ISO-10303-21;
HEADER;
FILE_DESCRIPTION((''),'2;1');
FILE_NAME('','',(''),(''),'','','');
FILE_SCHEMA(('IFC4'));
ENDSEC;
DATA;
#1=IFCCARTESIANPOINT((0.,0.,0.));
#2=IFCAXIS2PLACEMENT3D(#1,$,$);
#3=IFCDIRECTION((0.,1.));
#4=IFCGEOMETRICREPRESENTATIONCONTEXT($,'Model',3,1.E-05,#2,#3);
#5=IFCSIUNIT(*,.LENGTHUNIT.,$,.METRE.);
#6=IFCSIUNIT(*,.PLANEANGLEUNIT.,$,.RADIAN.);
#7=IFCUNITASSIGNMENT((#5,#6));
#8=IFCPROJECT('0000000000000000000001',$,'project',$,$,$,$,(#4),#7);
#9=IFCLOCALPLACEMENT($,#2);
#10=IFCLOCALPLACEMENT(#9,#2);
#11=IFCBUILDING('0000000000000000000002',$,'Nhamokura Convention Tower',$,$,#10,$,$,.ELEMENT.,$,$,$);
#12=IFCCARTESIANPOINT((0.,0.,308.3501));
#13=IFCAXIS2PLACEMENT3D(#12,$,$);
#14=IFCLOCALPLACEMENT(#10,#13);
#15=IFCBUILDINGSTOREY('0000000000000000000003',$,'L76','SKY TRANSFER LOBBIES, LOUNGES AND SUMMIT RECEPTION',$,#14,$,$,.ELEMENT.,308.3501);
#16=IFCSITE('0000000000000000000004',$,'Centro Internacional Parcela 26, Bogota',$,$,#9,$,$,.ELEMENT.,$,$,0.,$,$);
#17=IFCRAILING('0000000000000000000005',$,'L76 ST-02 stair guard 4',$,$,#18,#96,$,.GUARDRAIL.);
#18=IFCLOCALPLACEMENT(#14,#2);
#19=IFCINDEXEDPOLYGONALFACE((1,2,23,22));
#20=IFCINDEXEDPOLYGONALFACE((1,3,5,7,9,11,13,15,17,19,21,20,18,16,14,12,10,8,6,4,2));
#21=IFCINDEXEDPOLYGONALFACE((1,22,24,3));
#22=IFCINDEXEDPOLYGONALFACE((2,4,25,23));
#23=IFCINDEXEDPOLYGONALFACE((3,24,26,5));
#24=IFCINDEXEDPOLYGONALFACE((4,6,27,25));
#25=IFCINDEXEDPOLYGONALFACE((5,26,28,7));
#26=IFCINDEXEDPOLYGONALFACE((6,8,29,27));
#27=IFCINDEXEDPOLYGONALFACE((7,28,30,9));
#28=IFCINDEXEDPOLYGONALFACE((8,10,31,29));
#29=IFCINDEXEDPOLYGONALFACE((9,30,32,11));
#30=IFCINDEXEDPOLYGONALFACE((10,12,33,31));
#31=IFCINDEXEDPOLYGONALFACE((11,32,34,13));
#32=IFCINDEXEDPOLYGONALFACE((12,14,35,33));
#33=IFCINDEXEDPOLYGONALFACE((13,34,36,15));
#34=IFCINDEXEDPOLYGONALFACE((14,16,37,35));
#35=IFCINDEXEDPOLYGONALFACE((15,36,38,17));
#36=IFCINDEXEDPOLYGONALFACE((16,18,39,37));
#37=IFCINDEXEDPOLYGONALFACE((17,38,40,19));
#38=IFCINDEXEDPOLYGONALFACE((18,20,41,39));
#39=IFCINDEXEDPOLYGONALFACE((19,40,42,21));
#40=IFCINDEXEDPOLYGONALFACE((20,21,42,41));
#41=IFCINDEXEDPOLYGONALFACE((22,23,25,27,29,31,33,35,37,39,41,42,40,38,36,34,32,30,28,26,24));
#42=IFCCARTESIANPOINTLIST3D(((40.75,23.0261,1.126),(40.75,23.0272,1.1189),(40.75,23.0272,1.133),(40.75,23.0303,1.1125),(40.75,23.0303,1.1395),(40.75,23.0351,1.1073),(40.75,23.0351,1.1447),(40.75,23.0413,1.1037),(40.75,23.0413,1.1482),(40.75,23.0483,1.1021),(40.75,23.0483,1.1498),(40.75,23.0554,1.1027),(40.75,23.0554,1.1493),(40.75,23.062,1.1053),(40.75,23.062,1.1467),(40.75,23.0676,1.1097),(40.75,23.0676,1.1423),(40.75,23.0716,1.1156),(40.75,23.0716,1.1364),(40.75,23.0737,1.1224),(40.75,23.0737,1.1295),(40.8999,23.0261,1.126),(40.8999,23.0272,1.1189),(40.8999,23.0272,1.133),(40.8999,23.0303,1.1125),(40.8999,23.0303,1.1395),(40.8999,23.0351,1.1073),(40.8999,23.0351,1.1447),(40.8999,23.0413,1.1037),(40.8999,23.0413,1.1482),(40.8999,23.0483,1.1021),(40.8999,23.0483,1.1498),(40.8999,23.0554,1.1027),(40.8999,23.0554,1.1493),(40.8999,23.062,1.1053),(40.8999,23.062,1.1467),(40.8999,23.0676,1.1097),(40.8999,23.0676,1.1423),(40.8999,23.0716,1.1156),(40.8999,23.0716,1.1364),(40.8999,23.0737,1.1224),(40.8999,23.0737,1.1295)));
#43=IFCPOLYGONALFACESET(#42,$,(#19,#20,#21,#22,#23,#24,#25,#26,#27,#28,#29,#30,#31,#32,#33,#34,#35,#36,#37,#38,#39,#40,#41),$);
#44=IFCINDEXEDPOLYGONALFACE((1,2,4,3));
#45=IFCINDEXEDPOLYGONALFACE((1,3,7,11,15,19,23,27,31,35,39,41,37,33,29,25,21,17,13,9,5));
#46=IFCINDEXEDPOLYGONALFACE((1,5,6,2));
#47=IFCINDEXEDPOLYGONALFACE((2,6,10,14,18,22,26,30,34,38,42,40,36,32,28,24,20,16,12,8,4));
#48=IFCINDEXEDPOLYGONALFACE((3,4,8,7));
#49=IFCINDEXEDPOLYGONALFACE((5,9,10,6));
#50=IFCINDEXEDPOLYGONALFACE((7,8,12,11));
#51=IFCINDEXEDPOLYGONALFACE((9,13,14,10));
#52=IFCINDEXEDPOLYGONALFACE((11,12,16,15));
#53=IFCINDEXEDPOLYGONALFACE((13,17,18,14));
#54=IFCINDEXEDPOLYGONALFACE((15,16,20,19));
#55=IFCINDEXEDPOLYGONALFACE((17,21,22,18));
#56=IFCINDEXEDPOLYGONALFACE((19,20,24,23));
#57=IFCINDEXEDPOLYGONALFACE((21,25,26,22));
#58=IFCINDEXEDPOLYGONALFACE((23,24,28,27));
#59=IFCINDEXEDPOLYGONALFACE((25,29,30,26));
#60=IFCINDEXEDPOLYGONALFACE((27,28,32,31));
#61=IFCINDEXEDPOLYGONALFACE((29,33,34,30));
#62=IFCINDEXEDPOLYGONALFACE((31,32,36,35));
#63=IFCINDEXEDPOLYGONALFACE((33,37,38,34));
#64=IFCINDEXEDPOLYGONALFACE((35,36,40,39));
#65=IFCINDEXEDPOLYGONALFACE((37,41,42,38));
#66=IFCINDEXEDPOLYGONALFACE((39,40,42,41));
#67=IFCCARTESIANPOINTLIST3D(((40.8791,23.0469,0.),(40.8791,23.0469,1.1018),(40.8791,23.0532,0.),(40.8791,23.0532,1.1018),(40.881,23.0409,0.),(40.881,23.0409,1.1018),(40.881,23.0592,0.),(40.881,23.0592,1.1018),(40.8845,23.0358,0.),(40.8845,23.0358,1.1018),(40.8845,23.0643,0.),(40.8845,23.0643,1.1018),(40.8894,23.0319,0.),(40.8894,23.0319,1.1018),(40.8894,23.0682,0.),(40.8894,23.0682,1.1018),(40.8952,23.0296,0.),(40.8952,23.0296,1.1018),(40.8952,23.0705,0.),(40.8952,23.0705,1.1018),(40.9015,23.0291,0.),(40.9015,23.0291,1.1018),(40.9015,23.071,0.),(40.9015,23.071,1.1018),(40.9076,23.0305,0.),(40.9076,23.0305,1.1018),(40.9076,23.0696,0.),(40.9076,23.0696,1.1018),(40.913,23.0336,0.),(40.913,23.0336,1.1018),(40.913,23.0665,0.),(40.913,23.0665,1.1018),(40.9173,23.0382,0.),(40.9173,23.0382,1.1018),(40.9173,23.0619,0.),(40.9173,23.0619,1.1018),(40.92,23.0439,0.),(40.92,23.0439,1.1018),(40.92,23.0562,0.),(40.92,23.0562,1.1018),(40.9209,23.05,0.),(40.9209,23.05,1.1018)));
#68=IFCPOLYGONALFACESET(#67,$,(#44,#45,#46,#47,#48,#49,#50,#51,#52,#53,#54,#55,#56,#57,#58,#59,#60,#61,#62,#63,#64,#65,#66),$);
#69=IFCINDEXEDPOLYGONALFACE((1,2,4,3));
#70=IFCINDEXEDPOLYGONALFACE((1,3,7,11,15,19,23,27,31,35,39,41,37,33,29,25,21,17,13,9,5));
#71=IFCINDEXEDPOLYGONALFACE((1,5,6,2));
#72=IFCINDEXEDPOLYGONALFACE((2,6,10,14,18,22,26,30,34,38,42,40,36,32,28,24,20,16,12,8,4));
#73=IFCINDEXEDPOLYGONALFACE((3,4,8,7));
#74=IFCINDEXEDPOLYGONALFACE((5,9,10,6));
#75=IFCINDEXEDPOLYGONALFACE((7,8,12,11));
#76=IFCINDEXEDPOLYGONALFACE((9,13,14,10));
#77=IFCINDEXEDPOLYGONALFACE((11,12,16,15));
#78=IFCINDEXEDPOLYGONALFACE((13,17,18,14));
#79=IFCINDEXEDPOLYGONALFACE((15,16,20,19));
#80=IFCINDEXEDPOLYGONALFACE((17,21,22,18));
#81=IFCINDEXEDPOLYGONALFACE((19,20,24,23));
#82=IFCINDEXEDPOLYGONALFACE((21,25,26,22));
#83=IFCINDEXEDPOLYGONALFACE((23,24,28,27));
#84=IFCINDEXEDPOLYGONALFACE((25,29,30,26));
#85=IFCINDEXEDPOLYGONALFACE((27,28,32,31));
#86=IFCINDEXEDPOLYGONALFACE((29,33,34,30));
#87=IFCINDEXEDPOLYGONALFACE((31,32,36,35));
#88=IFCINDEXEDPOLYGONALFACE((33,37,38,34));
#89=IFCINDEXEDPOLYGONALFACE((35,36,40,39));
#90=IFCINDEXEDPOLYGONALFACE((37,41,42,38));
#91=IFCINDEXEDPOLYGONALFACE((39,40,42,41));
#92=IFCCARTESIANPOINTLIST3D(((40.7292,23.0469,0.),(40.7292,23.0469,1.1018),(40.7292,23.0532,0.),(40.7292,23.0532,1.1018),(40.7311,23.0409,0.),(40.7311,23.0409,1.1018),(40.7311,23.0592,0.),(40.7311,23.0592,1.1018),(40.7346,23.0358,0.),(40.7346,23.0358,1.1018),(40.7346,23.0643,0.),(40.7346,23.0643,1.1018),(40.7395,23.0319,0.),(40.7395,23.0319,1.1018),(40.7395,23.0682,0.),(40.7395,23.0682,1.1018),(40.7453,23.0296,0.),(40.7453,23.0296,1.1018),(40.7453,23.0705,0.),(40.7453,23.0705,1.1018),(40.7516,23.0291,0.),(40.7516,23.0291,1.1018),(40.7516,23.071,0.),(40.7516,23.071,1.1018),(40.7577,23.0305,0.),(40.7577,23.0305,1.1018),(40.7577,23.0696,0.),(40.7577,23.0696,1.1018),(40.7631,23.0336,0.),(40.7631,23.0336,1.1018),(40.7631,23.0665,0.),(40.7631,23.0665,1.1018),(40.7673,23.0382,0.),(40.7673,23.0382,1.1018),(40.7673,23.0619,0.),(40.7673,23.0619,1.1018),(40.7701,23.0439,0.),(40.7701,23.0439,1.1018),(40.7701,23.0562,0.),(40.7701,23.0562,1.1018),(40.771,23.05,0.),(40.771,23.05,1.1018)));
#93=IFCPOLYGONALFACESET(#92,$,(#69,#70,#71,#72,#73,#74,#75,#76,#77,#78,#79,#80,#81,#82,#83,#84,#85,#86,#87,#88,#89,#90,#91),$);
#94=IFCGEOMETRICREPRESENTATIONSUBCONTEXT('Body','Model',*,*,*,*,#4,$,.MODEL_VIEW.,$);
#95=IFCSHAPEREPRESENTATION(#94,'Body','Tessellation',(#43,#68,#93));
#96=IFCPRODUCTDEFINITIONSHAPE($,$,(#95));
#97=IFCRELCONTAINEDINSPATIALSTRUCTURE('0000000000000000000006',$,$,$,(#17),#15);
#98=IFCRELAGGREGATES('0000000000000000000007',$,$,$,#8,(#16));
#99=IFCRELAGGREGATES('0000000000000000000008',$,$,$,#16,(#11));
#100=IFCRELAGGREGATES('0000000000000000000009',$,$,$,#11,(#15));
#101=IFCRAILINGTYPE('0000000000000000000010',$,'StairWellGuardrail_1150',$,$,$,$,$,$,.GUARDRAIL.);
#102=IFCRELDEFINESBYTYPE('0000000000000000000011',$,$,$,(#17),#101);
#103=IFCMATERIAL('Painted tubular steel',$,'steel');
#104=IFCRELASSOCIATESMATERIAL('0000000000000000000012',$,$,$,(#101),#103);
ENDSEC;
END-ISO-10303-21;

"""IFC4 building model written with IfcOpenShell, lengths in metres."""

from ifc_helpers import new_model, si_unit, direction, frame, origin, origin_2d, place, context, subcontext, project, spatial, circle, extrude, material, type_object, element, save


model = new_model("IFC4")

# Units and contexts
model_context = context("Model", 3, precision=1e-05, world=origin(), true_north=direction((0.0, 1.0)))
body_context = subcontext(model_context, "Body", "Model", "MODEL_VIEW")
ifc_project = project(units=[si_unit("LENGTHUNIT", "METRE"), si_unit("PLANEANGLEUNIT", "RADIAN")], contexts=[model_context])

# Site, building, storey
site_placement = place(None, origin())
site = spatial("IfcSite", under=ifc_project, at=site_placement, Name="Centro Internacional Parcela 26, Bogota", CompositionType="ELEMENT", RefElevation=0.0)
building_placement = place(site_placement, origin())
building = spatial("IfcBuilding", under=site, at=building_placement, Name="Nhamokura Convention Tower", CompositionType="ELEMENT")
storey_placement = place(building_placement, frame((0.0, 0.0, 308.3501)))
storey = spatial("IfcBuildingStorey", under=building, at=storey_placement, Name="L76", Description="SKY TRANSFER LOBBIES, LOUNGES AND SUMMIT RECEPTION", CompositionType="ELEMENT", Elevation=308.3501)

# Railing
ifc_material_1 = material(Name="Painted tubular steel", Category="steel")
railing_type_1 = type_object("IfcRailingType", Name="StairWellGuardrail_1150", PredefinedType="GUARDRAIL", material=ifc_material_1)
railing_1_placement = place(storey_placement, frame((40.8999, 23.05, 0.0)))
element("IfcRailing", 1, at=railing_1_placement, inside=storey, type_object=railing_type_1, Name="L76 ST-02 stair guard 4", PredefinedType="GUARDRAIL", context=body_context, shape_type="SweptSolid", body=[
    extrude(circle(Radius=0.0239, at=origin_2d()), frame((0.0, 0.0, 1.126), z_axis=(-1.0, 0.0, 0.0), x_axis=(0.0, -1.0, 0.0)), (0.0, 0.0, 1.0), 0.1499),
    extrude(circle(Radius=0.021, at=origin_2d()), origin(), (0.0, 0.0, 1.0), 1.1018),
    extrude(circle(Radius=0.021, at=origin_2d()), frame((-0.1499, 0.0, 0.0)), (0.0, 0.0, 1.0), 1.1018),
])

save(model, "model.ifc")
